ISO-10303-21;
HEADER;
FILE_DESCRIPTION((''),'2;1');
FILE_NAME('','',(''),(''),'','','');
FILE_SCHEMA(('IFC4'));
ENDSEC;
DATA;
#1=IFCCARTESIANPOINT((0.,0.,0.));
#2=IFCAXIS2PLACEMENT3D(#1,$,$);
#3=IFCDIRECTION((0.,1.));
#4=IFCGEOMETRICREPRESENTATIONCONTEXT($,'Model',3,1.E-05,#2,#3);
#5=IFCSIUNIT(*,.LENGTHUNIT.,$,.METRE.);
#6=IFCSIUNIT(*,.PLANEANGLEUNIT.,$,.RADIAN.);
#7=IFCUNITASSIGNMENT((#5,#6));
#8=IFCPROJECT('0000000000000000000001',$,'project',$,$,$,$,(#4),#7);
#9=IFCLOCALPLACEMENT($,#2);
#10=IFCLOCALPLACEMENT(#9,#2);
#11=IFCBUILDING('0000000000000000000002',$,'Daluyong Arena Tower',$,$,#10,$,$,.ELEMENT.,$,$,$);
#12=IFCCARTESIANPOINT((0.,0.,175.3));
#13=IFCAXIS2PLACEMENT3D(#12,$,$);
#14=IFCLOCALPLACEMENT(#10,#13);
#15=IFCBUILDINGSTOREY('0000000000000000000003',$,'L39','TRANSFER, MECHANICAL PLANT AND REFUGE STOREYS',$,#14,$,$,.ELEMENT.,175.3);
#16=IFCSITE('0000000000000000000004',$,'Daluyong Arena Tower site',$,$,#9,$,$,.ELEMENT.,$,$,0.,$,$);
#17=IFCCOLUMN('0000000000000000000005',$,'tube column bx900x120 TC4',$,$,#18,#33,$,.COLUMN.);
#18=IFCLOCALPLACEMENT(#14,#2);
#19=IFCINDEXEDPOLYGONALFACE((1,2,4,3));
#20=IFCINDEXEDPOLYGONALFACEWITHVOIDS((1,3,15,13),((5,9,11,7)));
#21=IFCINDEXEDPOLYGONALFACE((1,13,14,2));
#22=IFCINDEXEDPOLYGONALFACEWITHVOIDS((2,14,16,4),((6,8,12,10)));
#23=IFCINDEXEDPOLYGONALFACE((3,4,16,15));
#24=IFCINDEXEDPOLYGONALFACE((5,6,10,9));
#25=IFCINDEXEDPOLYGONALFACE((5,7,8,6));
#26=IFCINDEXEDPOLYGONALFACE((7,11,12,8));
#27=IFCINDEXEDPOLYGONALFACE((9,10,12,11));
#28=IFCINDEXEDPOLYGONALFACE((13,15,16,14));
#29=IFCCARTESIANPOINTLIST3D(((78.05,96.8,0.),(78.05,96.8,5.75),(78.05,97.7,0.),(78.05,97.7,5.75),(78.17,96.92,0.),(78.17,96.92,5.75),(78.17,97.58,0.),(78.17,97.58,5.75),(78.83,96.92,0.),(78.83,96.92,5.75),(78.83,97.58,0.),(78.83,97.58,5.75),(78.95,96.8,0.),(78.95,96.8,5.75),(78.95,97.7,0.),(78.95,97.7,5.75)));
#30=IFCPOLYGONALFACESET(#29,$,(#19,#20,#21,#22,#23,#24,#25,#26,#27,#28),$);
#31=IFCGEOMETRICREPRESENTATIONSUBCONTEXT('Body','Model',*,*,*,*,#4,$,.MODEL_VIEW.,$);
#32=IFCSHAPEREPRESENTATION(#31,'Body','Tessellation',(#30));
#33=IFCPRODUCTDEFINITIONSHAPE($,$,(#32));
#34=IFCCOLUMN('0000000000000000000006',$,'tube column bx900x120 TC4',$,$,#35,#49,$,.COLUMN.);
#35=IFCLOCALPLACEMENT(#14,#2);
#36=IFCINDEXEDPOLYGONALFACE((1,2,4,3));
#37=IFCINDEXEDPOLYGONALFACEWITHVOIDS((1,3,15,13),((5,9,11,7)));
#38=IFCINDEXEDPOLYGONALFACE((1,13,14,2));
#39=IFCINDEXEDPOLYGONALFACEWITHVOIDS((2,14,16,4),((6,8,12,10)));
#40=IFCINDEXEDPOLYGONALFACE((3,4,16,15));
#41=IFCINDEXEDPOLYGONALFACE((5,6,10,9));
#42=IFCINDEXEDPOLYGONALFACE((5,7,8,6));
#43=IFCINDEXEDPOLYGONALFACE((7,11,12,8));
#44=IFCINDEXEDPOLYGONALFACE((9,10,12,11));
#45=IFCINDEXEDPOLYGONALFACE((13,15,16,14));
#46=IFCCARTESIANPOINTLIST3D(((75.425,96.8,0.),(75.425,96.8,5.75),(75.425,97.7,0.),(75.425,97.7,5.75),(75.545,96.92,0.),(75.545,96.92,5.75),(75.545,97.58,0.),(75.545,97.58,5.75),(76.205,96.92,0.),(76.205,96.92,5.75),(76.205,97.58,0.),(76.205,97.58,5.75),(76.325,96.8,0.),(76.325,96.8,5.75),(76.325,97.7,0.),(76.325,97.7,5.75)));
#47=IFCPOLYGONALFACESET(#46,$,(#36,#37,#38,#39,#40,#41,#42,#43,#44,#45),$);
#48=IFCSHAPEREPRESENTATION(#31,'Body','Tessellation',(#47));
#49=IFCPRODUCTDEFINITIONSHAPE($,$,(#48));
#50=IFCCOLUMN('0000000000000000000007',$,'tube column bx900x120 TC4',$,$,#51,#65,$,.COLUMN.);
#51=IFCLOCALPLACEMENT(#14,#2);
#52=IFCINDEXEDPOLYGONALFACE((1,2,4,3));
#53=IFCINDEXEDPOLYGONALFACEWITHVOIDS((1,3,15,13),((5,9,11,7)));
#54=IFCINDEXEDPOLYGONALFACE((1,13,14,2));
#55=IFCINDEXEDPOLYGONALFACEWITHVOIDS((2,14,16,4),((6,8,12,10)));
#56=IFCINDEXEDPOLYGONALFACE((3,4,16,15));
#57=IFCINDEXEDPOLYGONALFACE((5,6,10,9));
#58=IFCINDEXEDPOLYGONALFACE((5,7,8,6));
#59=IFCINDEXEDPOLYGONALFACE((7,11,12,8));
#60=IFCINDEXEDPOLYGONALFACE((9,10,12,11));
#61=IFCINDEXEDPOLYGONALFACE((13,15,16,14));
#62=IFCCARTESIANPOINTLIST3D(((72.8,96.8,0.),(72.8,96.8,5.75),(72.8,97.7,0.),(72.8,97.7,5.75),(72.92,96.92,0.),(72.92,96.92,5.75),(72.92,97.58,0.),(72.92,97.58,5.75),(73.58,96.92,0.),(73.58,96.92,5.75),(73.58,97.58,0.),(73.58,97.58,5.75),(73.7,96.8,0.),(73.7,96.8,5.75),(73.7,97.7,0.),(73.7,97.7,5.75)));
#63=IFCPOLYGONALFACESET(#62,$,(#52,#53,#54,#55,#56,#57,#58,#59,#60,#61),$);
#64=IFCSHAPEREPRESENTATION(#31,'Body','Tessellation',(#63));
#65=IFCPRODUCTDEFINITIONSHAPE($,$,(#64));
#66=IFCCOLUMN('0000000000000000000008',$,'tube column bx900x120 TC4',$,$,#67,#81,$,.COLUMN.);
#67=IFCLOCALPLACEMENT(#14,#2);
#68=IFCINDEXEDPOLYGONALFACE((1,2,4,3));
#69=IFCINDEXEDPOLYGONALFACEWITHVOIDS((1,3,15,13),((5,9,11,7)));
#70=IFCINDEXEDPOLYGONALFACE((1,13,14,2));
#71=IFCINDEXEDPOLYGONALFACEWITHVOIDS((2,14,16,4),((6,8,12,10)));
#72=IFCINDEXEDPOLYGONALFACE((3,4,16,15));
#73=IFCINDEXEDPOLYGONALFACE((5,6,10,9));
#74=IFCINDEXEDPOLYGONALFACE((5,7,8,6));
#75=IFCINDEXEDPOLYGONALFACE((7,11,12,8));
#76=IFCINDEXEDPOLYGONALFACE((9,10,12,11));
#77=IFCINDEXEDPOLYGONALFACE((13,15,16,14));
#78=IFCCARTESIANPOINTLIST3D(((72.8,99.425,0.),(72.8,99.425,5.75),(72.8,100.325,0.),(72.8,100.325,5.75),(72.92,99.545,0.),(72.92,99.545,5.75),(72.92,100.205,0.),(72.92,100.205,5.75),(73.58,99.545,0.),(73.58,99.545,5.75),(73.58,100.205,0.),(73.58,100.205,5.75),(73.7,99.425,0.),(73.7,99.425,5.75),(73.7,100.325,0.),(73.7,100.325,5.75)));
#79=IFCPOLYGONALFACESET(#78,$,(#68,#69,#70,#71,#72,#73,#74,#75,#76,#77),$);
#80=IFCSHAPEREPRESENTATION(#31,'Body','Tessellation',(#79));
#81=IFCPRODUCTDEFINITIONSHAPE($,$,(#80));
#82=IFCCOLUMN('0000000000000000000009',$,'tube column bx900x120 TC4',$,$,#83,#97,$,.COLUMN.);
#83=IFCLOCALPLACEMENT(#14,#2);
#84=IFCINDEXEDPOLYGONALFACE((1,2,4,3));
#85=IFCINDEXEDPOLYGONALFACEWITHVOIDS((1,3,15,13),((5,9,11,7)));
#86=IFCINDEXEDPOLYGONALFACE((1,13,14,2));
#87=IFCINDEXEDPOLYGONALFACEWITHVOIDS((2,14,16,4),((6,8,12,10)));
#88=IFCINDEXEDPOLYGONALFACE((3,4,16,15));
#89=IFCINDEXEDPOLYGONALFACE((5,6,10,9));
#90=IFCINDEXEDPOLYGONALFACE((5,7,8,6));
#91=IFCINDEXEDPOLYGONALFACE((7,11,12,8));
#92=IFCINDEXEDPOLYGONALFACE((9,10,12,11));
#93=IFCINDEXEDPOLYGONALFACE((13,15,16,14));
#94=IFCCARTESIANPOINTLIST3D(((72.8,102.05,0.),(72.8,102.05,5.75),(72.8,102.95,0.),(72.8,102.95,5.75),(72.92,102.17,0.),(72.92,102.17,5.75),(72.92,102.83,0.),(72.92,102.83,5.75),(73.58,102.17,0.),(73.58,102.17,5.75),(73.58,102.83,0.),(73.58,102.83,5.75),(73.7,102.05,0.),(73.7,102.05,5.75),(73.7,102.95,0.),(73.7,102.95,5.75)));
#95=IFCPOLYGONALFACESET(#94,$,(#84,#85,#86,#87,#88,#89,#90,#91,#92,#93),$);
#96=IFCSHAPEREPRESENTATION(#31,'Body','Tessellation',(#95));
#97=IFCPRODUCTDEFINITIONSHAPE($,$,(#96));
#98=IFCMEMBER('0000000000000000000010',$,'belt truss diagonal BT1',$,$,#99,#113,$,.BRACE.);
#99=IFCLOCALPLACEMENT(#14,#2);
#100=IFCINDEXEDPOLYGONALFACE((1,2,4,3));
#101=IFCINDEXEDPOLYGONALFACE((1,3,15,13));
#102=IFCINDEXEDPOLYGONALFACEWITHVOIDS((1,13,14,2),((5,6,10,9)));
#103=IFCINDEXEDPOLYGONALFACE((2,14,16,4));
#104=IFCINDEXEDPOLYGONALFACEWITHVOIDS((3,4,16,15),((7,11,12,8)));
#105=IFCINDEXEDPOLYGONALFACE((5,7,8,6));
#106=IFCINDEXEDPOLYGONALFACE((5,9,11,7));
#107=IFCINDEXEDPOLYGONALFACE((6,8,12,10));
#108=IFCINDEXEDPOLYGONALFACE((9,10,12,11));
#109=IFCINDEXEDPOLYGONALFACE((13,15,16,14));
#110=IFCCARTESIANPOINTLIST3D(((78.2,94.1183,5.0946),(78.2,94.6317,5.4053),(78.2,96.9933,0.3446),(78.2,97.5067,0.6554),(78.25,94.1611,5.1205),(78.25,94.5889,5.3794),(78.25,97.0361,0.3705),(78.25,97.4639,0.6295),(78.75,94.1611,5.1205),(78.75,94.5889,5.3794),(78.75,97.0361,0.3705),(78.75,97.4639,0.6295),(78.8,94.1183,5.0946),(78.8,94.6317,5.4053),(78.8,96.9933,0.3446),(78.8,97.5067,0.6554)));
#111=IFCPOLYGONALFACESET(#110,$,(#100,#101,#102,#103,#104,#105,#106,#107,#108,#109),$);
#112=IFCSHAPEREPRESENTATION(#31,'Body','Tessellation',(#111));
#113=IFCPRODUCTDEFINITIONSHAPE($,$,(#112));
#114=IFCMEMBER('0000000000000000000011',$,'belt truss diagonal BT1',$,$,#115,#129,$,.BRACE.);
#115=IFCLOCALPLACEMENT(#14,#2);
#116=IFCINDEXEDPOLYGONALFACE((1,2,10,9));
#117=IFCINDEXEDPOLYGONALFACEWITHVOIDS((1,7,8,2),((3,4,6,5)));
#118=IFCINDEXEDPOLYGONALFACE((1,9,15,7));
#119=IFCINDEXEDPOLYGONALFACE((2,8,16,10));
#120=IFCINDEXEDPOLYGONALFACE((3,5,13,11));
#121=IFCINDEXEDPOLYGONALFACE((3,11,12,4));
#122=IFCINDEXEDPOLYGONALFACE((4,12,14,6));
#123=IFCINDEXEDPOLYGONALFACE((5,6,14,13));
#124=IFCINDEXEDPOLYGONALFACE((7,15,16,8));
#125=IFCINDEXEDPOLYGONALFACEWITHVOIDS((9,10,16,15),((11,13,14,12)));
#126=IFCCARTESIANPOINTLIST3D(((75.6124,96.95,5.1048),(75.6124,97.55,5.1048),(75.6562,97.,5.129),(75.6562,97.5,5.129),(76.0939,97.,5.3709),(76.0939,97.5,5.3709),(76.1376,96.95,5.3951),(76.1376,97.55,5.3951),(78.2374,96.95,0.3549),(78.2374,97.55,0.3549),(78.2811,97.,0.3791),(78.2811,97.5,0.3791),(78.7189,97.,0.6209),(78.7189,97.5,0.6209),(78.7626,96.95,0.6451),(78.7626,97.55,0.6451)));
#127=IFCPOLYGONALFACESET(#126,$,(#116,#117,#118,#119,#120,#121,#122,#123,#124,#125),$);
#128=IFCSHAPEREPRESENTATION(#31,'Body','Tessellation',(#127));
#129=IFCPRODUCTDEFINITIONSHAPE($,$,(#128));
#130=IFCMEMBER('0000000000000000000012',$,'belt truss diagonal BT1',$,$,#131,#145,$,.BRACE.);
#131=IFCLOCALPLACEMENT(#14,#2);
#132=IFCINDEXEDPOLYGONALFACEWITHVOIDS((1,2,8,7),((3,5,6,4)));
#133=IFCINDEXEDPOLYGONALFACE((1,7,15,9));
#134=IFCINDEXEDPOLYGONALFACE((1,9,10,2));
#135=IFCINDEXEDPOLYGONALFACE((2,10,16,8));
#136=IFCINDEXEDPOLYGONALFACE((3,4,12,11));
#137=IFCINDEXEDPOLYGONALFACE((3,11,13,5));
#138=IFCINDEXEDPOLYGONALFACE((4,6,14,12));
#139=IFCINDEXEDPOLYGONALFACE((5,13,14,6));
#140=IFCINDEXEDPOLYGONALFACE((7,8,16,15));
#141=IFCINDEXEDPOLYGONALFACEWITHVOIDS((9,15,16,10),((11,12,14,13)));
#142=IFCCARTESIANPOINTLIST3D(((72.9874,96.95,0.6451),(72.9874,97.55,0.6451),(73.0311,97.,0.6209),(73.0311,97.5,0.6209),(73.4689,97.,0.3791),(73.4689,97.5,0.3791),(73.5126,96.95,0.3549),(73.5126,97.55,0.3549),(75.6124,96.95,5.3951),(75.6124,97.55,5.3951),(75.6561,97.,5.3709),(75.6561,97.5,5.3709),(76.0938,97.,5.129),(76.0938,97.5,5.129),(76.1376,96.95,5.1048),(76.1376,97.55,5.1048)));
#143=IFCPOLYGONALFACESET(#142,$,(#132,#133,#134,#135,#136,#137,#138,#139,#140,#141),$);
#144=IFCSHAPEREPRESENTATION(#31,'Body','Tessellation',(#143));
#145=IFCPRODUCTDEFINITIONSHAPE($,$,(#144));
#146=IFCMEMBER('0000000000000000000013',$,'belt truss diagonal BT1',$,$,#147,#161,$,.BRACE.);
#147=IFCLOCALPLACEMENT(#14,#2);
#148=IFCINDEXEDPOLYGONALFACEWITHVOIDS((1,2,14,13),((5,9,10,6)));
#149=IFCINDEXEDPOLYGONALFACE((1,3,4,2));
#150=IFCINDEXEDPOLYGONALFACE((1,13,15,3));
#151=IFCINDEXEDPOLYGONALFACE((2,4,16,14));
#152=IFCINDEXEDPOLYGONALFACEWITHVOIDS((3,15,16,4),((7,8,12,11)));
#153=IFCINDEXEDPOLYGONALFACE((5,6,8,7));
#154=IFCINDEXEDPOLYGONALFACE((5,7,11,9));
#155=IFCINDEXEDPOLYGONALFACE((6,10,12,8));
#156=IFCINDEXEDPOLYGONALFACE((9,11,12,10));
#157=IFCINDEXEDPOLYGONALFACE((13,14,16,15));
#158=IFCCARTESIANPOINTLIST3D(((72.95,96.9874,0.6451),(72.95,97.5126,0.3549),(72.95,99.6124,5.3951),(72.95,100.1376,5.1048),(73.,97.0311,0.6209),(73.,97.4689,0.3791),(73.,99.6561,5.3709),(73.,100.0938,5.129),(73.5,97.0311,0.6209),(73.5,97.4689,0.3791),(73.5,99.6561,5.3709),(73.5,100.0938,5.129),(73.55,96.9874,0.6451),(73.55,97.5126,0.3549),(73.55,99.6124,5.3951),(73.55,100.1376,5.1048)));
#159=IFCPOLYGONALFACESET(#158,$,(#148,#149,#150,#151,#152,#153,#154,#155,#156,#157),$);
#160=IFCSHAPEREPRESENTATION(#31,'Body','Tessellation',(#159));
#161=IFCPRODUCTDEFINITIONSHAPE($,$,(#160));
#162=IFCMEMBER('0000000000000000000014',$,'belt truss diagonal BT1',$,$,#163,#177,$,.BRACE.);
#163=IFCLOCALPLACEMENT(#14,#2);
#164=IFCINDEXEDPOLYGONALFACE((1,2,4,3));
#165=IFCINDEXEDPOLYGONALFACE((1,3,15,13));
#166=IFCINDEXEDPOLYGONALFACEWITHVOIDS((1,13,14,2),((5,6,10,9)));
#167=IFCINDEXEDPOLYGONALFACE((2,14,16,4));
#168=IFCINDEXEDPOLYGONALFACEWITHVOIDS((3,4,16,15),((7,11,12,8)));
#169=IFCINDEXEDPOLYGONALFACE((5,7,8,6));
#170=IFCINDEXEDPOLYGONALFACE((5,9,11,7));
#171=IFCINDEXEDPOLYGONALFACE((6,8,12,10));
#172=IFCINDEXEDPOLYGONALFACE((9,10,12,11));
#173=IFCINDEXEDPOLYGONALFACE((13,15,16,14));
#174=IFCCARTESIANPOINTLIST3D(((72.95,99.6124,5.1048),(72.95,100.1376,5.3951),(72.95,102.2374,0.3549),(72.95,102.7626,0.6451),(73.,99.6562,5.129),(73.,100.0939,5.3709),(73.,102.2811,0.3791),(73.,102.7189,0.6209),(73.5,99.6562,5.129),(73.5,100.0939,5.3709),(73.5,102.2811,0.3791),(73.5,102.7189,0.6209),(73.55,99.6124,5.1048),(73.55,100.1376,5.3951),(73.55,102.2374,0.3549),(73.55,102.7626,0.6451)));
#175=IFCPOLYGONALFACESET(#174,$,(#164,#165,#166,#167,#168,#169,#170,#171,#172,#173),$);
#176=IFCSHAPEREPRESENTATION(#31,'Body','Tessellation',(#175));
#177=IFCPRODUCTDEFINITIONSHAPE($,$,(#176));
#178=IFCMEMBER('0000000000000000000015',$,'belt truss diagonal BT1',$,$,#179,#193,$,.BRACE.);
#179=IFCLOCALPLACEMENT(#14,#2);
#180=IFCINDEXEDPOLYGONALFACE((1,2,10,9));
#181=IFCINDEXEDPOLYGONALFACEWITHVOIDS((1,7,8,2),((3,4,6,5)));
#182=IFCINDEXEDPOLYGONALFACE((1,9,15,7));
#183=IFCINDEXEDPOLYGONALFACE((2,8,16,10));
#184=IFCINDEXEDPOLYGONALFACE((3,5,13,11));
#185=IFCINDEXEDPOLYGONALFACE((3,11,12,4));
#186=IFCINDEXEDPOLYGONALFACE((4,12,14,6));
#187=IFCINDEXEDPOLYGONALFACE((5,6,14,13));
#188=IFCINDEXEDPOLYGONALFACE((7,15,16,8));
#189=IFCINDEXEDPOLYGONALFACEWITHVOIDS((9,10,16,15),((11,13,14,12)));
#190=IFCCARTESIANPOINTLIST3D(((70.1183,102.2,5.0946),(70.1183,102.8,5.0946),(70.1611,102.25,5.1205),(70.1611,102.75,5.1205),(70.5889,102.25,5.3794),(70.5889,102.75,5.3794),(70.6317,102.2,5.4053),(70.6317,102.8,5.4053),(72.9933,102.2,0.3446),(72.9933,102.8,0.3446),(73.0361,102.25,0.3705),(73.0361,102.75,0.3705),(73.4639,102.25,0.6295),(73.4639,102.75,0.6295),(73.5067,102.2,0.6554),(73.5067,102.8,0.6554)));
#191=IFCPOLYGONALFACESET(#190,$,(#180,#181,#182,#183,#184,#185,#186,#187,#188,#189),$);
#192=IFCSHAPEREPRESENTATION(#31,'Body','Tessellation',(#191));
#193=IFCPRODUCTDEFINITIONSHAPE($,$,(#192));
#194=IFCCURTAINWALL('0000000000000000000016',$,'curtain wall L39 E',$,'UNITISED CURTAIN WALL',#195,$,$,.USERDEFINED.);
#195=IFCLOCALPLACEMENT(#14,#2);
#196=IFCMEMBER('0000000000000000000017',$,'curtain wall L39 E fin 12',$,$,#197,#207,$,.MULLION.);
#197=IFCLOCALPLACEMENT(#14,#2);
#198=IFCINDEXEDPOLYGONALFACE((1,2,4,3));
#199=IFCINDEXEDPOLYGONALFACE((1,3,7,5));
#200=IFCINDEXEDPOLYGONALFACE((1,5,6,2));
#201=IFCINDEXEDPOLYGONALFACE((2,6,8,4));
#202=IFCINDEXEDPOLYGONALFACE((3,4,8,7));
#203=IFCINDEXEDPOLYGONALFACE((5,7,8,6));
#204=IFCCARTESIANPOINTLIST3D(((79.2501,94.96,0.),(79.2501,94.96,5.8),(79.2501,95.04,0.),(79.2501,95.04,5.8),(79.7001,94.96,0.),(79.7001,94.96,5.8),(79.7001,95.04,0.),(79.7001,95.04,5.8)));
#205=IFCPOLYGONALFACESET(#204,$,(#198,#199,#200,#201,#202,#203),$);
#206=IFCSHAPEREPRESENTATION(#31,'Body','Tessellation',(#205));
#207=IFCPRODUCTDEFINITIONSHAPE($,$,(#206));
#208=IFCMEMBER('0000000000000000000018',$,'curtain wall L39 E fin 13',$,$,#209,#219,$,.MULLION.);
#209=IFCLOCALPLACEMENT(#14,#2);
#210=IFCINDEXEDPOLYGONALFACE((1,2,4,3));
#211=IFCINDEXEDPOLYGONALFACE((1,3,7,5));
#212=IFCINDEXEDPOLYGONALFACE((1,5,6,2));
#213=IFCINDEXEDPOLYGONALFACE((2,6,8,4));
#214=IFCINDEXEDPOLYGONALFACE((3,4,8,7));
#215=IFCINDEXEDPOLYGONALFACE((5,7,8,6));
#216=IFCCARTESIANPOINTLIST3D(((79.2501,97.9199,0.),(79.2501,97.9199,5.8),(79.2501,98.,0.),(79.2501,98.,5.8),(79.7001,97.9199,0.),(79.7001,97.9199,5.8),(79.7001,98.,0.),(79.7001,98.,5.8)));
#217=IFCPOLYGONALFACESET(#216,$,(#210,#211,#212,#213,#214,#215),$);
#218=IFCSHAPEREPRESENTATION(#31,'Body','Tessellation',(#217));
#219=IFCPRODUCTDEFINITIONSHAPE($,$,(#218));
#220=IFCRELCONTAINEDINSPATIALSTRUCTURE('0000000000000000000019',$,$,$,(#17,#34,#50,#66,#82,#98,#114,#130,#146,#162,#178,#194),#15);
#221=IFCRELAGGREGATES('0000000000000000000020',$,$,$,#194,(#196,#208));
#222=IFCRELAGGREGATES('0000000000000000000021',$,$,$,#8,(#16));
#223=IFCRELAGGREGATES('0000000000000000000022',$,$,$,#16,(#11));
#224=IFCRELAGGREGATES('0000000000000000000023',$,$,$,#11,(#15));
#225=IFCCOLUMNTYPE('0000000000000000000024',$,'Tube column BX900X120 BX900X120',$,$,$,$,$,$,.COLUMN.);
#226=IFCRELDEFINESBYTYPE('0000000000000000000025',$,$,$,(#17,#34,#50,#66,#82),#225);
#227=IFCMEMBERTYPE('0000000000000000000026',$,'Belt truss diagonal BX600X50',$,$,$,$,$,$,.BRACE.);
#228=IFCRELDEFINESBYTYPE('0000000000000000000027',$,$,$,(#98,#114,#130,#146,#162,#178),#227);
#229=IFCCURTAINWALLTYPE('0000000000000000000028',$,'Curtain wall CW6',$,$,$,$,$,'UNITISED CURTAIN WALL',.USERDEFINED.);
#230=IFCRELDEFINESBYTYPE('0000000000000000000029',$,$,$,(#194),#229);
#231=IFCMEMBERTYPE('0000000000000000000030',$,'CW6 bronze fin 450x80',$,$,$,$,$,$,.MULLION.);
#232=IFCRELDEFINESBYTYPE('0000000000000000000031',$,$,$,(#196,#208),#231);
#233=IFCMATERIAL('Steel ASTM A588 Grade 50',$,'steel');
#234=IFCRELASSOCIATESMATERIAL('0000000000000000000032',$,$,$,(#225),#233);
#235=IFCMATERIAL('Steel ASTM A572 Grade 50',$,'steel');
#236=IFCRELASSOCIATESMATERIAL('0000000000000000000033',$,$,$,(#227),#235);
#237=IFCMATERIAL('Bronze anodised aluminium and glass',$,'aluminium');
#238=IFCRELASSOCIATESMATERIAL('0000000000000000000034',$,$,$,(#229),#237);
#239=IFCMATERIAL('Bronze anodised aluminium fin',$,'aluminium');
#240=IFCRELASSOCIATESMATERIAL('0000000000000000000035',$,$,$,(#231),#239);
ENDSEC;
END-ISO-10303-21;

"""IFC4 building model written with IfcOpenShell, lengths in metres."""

from ifc_helpers import new_model, si_unit, direction, frame, origin, origin_2d, place, context, subcontext, project, spatial, rectangle, hollow_rectangle, extrude, material, material_profile, profile_set, type_object, element, aggregate, save


model = new_model("IFC4")

# Units and contexts
model_context = context("Model", 3, precision=1e-05, world=origin(), true_north=direction((0.0, 1.0)))
body_context = subcontext(model_context, "Body", "Model", "MODEL_VIEW")
ifc_project = project(units=[si_unit("LENGTHUNIT", "METRE"), si_unit("PLANEANGLEUNIT", "RADIAN")], contexts=[model_context])

# Site, building, storey
site_placement = place(None, origin())
site = spatial("IfcSite", under=ifc_project, at=site_placement, Name="Daluyong Arena Tower site", CompositionType="ELEMENT", RefElevation=0.0)
building_placement = place(site_placement, origin())
building = spatial("IfcBuilding", under=site, at=building_placement, Name="Daluyong Arena Tower", CompositionType="ELEMENT")
storey_placement = place(building_placement, frame((0.0, 0.0, 175.3)))
storey = spatial("IfcBuildingStorey", under=building, at=storey_placement, Name="L39", Description="TRANSFER, MECHANICAL PLANT AND REFUGE STOREYS", CompositionType="ELEMENT", Elevation=175.3)

# Columns
ifc_material_1 = material(Name="Steel ASTM A588 Grade 50", Category="steel")
ifc_material_profile_1 = material_profile(ifc_material_1, hollow_rectangle(XDim=0.8999, YDim=0.8999, WallThickness=0.12, at=origin_2d()))
ifc_profile_set_1 = profile_set([ifc_material_profile_1], Name="Steel ASTM A588 Grade 50")
column_type = type_object("IfcColumnType", Name="Tube column BX900X120 BX900X120", PredefinedType="COLUMN", material=ifc_profile_set_1)
for number, where, z_axis, x_axis, name in (
    (1, (78.5, 97.25, 0.0), (0.0, 0.0, 1.0), (1.0, 0.0, 0.0), "tube column bx900x120 TC4"),
    (2, (75.875, 97.25, 0.0), (0.0, 0.0, 1.0), (1.0, 0.0, 0.0), "tube column bx900x120 TC4"),
    (3, (73.25, 97.25, 0.0), (0.0, 0.0, 1.0), (0.0, 1.0, 0.0), "tube column bx900x120 TC4"),
    (4, (73.25, 99.875, 0.0), (0.0, 0.0, 1.0), (0.0, 1.0, 0.0), "tube column bx900x120 TC4"),
    (5, (73.25, 102.5, 0.0), (0.0, 0.0, 1.0), (1.0, 0.0, 0.0), "tube column bx900x120 TC4"),
):
    element("IfcColumn", number, at=place(storey_placement, frame(where, z_axis=z_axis, x_axis=x_axis)), inside=storey, type_object=column_type, Name=name, PredefinedType="COLUMN", context=body_context, shape_type="SweptSolid", body=[
        extrude(hollow_rectangle(XDim=0.8999, YDim=0.8999, WallThickness=0.12, at=origin_2d()), origin(), (0.0, 0.0, 1.0), 5.75),
    ])

# Members
ifc_material_2 = material(Name="Steel ASTM A572 Grade 50", Category="steel")
ifc_material_profile_2 = material_profile(ifc_material_2, hollow_rectangle(XDim=0.6001, YDim=0.6001, WallThickness=0.05, at=origin_2d()))
ifc_profile_set_2 = profile_set([ifc_material_profile_2], Name="Steel ASTM A572 Grade 50")
member_type_1 = type_object("IfcMemberType", Name="Belt truss diagonal BX600X50", PredefinedType="BRACE", material=ifc_profile_set_2)
member_1_placement = place(storey_placement, frame((78.5, 97.25, 0.5), z_axis=(0.0, -0.517803, 0.8555), x_axis=(1.0, 0.0, 0.0)))
element("IfcMember", 6, at=member_1_placement, inside=storey, type_object=member_type_1, Name="belt truss diagonal BT1", PredefinedType="BRACE", context=body_context, shape_type="SweptSolid", body=[
    extrude(hollow_rectangle(XDim=0.6001, YDim=0.6001, WallThickness=0.05, at=origin_2d()), origin(), (0.0, 0.0, 1.0), 5.5522),
])
for number, where, z_axis, x_axis, name in (
    (7, (78.5, 97.25, 0.5), (-0.483686, 0.0, 0.875242), (0.0, -1.0, 0.0), "belt truss diagonal BT1"),
    (8, (73.25, 97.25, 0.5), (0.483686, 0.0, 0.875242), (0.0, 1.0, 0.0), "belt truss diagonal BT1"),
    (9, (73.25, 97.25, 0.5), (0.0, 0.483686, 0.875242), (-1.0, 0.0, 0.0), "belt truss diagonal BT1"),
    (10, (73.25, 102.5, 0.5), (0.0, -0.483686, 0.875242), (1.0, 0.0, 0.0), "belt truss diagonal BT1"),
):
    element("IfcMember", number, at=place(storey_placement, frame(where, z_axis=z_axis, x_axis=x_axis)), inside=storey, type_object=member_type_1, Name=name, PredefinedType="BRACE", context=body_context, shape_type="SweptSolid", body=[
        extrude(hollow_rectangle(XDim=0.6001, YDim=0.6001, WallThickness=0.05, at=origin_2d()), origin(), (0.0, 0.0, 1.0), 5.427),
    ])
member_2_placement = place(storey_placement, frame((73.25, 102.5, 0.5), z_axis=(-0.517803, 0.0, 0.8555), x_axis=(0.0, -1.0, 0.0)))
element("IfcMember", 11, at=member_2_placement, inside=storey, type_object=member_type_1, Name="belt truss diagonal BT1", PredefinedType="BRACE", context=body_context, shape_type="SweptSolid", body=[
    extrude(hollow_rectangle(XDim=0.6001, YDim=0.6001, WallThickness=0.05, at=origin_2d()), origin(), (0.0, 0.0, 1.0), 5.5522),
])

# Curtain wall, members
ifc_material_3 = material(Name="Bronze anodised aluminium and glass", Category="aluminium")
curtain_wall_type = type_object("IfcCurtainWallType", Name="Curtain wall CW6", ElementType="UNITISED CURTAIN WALL", PredefinedType="USERDEFINED", material=ifc_material_3)
curtain_wall_1_placement = place(storey_placement, origin())
curtain_wall_1 = element("IfcCurtainWall", 12, at=curtain_wall_1_placement, inside=storey, type_object=curtain_wall_type, Name="curtain wall L39 E", ObjectType="UNITISED CURTAIN WALL", PredefinedType="USERDEFINED")
ifc_material_4 = material(Name="Bronze anodised aluminium fin", Category="aluminium")
ifc_material_profile_3 = material_profile(ifc_material_4, rectangle(XDim=0.45, YDim=0.0801, at=origin_2d()))
ifc_profile_set_3 = profile_set([ifc_material_profile_3], Name="Bronze anodised aluminium fin")
member_type_2 = type_object("IfcMemberType", Name="CW6 bronze fin 450x80", PredefinedType="MULLION", material=ifc_profile_set_3)
member_3_placement = place(storey_placement, frame((79.4751, 95.0, 0.0), z_axis=(0.0, 0.0, 1.0), x_axis=(-1.0, 0.0, 0.0)))
member_3 = element("IfcMember", 13, at=member_3_placement, type_object=member_type_2, Name="curtain wall L39 E fin 12", PredefinedType="MULLION", context=body_context, shape_type="SweptSolid", body=[
    extrude(rectangle(XDim=0.45, YDim=0.0801, at=origin_2d()), origin(), (0.0, 0.0, 1.0), 5.8),
])
member_4_placement = place(storey_placement, frame((79.4751, 97.96, 0.0), z_axis=(0.0, 0.0, 1.0), x_axis=(-1.0, 0.0, 0.0)))
member_4 = element("IfcMember", 14, at=member_4_placement, type_object=member_type_2, Name="curtain wall L39 E fin 13", PredefinedType="MULLION", context=body_context, shape_type="SweptSolid", body=[
    extrude(rectangle(XDim=0.45, YDim=0.0801, at=origin_2d()), origin(), (0.0, 0.0, 1.0), 5.8),
])

aggregate(curtain_wall_1, [member_3, member_4])

save(model, "model.ifc")
